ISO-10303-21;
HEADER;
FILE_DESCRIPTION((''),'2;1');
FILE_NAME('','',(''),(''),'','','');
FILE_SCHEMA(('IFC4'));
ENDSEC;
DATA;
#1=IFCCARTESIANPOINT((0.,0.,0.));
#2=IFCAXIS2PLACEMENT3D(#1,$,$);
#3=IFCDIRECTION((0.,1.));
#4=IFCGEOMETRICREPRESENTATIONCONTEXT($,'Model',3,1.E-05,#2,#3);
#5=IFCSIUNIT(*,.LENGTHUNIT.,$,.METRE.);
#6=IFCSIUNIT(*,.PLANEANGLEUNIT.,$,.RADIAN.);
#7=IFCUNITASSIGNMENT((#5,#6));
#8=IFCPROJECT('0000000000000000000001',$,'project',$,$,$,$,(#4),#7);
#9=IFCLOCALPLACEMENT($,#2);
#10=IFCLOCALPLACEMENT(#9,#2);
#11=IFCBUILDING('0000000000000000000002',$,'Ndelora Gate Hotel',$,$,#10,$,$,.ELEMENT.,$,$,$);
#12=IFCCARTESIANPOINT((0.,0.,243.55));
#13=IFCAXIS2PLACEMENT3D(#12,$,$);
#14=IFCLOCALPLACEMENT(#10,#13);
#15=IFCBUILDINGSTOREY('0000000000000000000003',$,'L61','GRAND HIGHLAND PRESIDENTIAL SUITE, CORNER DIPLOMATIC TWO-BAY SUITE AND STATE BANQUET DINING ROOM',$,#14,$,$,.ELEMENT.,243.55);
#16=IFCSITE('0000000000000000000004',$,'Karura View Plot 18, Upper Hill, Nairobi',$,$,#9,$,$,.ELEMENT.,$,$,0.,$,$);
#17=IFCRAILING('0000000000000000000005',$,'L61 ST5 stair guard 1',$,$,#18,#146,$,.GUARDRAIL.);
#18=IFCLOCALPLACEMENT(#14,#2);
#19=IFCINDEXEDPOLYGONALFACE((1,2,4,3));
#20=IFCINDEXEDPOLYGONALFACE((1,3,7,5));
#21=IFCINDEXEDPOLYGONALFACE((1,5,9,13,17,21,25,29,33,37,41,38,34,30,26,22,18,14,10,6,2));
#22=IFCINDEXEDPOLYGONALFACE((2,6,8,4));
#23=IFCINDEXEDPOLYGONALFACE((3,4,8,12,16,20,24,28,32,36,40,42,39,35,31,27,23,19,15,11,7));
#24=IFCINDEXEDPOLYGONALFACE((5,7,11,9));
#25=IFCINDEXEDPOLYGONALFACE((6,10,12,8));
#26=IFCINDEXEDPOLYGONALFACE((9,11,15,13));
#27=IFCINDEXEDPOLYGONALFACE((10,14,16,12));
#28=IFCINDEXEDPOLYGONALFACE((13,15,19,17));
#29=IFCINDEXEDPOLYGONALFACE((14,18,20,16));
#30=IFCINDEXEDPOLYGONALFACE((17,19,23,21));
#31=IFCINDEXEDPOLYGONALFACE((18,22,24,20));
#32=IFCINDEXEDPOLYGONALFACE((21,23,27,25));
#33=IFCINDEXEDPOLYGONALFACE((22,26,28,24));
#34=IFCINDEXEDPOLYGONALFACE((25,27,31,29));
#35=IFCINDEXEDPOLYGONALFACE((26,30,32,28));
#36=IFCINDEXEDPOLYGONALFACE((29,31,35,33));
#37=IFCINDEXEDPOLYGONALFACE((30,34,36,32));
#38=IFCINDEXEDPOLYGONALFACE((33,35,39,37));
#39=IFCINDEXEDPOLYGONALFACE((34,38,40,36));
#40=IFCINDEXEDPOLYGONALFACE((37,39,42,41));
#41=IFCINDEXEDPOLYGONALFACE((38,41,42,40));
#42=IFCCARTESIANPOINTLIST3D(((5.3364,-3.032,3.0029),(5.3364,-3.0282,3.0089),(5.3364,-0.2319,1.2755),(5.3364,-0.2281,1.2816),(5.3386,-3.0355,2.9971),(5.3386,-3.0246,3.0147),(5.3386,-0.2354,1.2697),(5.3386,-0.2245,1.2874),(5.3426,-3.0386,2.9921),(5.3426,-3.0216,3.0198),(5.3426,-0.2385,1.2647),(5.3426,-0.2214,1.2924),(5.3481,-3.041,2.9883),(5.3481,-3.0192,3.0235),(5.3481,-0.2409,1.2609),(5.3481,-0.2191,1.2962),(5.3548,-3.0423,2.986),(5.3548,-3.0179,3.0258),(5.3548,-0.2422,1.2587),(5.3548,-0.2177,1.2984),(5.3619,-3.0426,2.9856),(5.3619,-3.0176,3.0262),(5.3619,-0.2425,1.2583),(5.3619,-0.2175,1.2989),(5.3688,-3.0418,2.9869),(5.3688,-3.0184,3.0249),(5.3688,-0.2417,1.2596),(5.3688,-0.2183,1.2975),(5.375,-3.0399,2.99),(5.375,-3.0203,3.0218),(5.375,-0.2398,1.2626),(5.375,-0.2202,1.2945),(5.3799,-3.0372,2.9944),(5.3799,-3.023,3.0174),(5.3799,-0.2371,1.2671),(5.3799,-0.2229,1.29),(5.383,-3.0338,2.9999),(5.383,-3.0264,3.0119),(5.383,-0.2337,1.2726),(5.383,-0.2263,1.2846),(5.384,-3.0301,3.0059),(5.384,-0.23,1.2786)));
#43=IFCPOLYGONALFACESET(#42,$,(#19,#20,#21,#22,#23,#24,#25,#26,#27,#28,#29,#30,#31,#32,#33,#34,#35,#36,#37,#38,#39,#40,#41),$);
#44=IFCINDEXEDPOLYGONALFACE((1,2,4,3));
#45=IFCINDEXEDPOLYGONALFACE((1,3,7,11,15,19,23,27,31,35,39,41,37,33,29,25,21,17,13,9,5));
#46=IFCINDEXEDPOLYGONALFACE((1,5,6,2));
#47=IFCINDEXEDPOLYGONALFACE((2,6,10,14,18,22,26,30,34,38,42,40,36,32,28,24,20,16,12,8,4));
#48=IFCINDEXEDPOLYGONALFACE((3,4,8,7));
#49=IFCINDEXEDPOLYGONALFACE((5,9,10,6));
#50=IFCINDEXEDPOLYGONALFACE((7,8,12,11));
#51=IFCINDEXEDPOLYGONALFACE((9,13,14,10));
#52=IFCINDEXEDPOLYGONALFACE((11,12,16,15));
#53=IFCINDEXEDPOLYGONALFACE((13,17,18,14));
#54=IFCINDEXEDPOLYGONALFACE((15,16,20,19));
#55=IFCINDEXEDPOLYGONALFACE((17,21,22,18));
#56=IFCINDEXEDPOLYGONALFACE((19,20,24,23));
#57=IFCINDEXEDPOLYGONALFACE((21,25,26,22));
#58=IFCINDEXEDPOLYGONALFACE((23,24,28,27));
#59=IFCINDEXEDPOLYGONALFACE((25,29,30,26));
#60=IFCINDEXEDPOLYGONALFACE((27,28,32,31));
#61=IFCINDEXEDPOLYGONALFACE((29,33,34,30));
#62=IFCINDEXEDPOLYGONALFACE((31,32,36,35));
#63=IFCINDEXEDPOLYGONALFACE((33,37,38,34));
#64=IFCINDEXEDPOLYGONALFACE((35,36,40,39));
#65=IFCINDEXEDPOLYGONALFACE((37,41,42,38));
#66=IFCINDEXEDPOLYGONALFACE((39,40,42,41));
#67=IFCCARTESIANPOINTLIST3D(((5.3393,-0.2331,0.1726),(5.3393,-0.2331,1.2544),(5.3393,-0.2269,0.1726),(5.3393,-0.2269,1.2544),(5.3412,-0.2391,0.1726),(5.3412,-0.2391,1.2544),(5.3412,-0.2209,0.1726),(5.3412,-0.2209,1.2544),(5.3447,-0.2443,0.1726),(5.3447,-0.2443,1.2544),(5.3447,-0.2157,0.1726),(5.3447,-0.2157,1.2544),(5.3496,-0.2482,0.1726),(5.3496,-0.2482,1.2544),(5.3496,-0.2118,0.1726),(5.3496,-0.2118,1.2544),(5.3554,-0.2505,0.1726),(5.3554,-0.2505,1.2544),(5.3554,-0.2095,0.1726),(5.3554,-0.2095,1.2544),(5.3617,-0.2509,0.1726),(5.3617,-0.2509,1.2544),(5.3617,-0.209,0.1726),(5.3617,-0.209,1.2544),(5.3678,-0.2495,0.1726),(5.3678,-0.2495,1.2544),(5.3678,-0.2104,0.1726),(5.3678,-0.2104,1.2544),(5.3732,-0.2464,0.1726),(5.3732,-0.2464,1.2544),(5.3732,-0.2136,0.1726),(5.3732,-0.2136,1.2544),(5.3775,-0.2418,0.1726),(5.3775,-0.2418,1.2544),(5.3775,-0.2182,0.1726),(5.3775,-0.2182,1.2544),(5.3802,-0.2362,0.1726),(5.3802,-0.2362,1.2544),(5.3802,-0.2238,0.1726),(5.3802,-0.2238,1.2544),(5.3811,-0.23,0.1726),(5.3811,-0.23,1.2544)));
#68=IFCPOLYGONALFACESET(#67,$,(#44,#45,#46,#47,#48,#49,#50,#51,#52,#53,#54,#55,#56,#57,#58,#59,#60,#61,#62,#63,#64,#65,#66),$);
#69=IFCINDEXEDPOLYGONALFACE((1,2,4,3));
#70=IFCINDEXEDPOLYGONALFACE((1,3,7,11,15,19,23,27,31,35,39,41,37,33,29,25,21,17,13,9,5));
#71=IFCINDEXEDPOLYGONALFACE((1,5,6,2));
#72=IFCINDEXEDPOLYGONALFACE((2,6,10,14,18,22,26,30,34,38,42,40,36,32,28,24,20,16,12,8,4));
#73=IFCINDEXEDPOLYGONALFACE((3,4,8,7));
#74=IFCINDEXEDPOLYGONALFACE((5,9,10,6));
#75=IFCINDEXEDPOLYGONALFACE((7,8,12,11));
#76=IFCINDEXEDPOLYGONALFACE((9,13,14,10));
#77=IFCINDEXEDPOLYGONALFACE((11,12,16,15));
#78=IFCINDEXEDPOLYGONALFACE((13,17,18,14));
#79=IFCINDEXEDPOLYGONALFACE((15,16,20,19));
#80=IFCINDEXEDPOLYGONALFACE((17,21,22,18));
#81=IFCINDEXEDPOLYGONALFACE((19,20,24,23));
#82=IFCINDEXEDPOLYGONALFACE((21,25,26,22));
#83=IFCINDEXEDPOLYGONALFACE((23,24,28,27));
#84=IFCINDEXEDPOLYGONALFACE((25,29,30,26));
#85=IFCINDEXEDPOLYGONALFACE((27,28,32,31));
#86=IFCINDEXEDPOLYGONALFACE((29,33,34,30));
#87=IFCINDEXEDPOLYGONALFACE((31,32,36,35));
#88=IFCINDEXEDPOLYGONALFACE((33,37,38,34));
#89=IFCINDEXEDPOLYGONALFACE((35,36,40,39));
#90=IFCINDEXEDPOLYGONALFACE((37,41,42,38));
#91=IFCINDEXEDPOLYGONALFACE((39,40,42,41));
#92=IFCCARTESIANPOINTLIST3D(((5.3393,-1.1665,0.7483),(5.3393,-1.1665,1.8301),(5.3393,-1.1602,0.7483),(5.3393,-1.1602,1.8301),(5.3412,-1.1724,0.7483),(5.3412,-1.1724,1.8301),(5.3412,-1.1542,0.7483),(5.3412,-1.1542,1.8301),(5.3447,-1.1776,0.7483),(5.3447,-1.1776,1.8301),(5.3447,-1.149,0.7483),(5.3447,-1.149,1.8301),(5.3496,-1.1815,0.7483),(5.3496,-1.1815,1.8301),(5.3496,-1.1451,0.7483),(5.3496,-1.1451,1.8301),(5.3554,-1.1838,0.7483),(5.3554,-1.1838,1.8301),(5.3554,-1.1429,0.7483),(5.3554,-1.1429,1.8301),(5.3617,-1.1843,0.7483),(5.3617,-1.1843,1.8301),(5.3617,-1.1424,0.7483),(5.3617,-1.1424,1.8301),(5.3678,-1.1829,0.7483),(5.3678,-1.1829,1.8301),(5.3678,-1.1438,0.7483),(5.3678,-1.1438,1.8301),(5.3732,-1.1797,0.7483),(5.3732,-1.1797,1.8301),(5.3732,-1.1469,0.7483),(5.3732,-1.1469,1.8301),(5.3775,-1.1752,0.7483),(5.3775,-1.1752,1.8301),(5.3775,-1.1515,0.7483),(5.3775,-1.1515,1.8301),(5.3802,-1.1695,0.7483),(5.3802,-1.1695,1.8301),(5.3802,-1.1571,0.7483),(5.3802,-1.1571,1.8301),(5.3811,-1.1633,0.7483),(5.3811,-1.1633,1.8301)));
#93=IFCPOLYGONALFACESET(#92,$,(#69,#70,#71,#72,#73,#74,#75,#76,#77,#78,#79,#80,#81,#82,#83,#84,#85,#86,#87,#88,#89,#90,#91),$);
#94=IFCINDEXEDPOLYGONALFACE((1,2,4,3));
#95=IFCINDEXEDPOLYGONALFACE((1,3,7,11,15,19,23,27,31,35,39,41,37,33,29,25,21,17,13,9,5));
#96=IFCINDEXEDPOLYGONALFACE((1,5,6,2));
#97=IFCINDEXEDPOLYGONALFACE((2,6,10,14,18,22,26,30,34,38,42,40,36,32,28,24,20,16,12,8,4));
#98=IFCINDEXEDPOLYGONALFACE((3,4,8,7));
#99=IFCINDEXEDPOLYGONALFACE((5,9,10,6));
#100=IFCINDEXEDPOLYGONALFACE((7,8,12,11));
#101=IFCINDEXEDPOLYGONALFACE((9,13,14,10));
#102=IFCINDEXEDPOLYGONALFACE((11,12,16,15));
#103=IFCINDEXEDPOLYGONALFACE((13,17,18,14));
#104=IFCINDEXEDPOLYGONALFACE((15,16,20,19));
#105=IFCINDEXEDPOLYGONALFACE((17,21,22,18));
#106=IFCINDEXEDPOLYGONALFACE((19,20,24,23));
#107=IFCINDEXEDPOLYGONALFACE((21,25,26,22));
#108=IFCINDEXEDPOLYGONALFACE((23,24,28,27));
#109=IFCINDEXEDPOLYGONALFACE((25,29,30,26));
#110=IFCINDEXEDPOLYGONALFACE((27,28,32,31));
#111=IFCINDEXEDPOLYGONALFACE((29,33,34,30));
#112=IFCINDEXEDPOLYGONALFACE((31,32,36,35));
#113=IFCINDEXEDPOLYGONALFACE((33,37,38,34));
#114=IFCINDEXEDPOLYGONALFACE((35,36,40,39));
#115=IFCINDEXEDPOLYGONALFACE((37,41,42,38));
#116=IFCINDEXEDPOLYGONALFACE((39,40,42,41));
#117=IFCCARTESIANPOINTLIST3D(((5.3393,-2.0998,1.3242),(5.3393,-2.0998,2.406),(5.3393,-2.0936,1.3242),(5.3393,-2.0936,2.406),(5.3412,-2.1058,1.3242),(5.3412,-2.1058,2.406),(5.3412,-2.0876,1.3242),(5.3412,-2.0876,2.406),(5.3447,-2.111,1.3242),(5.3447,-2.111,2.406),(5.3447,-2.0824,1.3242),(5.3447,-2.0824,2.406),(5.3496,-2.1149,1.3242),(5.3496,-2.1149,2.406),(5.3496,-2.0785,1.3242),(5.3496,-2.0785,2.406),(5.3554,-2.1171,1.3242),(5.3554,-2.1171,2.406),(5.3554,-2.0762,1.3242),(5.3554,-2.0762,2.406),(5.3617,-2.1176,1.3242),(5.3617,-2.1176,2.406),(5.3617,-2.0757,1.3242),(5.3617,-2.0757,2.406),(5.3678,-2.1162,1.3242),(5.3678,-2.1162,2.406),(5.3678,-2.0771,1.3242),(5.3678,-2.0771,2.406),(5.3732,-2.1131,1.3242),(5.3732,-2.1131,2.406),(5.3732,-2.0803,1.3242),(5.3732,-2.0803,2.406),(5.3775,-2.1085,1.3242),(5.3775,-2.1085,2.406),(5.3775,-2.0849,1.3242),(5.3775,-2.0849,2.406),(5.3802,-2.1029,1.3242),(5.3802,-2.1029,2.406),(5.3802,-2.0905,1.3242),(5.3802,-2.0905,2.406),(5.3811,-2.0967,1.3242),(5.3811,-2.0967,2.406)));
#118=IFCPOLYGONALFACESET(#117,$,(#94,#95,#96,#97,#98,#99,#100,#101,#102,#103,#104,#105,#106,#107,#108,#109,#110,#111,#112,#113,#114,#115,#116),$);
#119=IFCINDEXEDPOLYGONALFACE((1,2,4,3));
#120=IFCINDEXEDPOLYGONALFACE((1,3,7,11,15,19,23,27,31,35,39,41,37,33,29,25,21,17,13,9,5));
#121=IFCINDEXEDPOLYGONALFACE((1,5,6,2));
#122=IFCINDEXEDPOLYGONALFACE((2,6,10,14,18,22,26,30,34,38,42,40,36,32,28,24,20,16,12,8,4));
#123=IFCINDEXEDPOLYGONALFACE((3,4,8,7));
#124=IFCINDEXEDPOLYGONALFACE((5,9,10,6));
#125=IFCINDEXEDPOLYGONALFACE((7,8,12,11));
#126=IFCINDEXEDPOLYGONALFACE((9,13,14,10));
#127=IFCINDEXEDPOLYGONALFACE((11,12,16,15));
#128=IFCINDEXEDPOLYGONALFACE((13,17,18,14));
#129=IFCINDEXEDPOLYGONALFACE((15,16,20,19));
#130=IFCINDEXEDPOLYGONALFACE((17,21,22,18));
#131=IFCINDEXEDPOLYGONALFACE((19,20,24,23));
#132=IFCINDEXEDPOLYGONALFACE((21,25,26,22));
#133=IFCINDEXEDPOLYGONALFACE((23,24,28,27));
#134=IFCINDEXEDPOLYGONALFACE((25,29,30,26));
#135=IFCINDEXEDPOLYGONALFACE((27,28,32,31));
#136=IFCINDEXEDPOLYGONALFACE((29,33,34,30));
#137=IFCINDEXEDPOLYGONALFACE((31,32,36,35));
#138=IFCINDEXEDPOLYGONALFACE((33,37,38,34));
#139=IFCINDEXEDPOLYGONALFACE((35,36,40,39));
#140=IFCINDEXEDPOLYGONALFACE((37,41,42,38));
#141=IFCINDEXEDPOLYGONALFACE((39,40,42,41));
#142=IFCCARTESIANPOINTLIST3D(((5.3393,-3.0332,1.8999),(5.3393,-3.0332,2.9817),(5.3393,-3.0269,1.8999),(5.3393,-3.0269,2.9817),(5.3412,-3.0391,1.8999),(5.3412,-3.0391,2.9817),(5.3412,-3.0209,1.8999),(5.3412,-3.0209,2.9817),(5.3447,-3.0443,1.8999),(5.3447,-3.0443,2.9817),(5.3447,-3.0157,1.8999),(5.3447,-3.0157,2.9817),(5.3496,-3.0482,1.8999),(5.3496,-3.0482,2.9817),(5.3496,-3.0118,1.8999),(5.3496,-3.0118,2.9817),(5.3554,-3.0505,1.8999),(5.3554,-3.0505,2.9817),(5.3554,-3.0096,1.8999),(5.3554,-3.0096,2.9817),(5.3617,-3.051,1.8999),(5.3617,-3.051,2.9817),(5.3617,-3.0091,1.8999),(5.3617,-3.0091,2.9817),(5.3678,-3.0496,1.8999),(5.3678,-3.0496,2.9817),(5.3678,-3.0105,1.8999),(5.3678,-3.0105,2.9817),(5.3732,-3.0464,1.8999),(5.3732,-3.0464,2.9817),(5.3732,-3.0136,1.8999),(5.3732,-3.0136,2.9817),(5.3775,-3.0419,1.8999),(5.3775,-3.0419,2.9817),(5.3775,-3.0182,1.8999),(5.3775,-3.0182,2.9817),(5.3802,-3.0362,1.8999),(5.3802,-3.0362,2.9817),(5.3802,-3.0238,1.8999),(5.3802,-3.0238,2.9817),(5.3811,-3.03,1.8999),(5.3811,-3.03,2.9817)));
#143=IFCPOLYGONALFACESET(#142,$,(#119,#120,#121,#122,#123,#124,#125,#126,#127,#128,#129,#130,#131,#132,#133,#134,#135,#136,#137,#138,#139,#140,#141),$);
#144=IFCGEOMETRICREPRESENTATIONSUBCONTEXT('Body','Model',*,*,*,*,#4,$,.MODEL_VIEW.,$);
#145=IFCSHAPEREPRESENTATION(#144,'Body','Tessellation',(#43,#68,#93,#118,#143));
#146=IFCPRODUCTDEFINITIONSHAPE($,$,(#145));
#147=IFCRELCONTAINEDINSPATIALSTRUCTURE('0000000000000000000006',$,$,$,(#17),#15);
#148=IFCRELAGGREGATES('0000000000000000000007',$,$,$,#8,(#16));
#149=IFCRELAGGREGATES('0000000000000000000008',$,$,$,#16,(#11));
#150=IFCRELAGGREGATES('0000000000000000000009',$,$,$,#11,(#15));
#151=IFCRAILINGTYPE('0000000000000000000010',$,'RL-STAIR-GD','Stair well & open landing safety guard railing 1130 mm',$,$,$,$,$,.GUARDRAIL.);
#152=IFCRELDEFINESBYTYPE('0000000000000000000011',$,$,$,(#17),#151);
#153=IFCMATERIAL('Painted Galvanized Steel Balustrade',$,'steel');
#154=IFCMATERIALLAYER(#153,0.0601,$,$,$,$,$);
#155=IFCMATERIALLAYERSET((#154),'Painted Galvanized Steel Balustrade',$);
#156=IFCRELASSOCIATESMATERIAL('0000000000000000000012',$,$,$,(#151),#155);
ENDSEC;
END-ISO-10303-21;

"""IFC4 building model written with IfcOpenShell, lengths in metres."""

from ifc_helpers import new_model, si_unit, direction, frame, origin, origin_2d, place, context, subcontext, project, spatial, circle, extrude, material, layer, layer_set, type_object, element, save


model = new_model("IFC4")

# Units and contexts
model_context = context("Model", 3, precision=1e-05, world=origin(), true_north=direction((0.0, 1.0)))
body_context = subcontext(model_context, "Body", "Model", "MODEL_VIEW")
ifc_project = project(units=[si_unit("LENGTHUNIT", "METRE"), si_unit("PLANEANGLEUNIT", "RADIAN")], contexts=[model_context])

# Site, building, storey
site_placement = place(None, origin())
site = spatial("IfcSite", under=ifc_project, at=site_placement, Name="Karura View Plot 18, Upper Hill, Nairobi", CompositionType="ELEMENT", RefElevation=0.0)
building_placement = place(site_placement, origin())
building = spatial("IfcBuilding", under=site, at=building_placement, Name="Ndelora Gate Hotel", CompositionType="ELEMENT")
storey_placement = place(building_placement, frame((0.0, 0.0, 243.55)))
storey = spatial("IfcBuildingStorey", under=building, at=storey_placement, Name="L61", Description="GRAND HIGHLAND PRESIDENTIAL SUITE, CORNER DIPLOMATIC TWO-BAY SUITE AND STATE BANQUET DINING ROOM", CompositionType="ELEMENT", Elevation=243.55)

# Railing
ifc_material_1 = material(Name="Painted Galvanized Steel Balustrade", Category="steel")
ifc_layer_1 = layer(ifc_material_1, 0.0601)
ifc_layer_set_1 = layer_set([ifc_layer_1], Name="Painted Galvanized Steel Balustrade")
railing_type_1 = type_object("IfcRailingType", Name="RL-STAIR-GD", Description="Stair well & open landing safety guard railing 1130 mm", PredefinedType="GUARDRAIL", material=ifc_layer_set_1)
railing_1_placement = place(storey_placement, frame((5.3601, -0.23, 0.1726)))
element("IfcRailing", 1, at=railing_1_placement, inside=storey, type_object=railing_type_1, Name="L61 ST5 stair guard 1", PredefinedType="GUARDRAIL", context=body_context, shape_type="SweptSolid", body=[
    extrude(circle(Radius=0.0239, at=origin_2d()), frame((0.0, 0.0, 1.106), z_axis=(0.0, -0.85109, 0.52502), x_axis=(1.0, 0.0, 0.0)), (0.0, 0.0, 1.0), 3.29),
    extrude(circle(Radius=0.021, at=origin_2d()), origin(), (0.0, 0.0, 1.0), 1.0818),
    extrude(circle(Radius=0.021, at=origin_2d()), frame((0.0, -0.9333, 0.5757)), (0.0, 0.0, 1.0), 1.0818),
    extrude(circle(Radius=0.021, at=origin_2d()), frame((0.0, -1.8667, 1.1516)), (0.0, 0.0, 1.0), 1.0818),
    extrude(circle(Radius=0.021, at=origin_2d()), frame((0.0, -2.8, 1.7273)), (0.0, 0.0, 1.0), 1.0818),
])

save(model, "model.ifc")
